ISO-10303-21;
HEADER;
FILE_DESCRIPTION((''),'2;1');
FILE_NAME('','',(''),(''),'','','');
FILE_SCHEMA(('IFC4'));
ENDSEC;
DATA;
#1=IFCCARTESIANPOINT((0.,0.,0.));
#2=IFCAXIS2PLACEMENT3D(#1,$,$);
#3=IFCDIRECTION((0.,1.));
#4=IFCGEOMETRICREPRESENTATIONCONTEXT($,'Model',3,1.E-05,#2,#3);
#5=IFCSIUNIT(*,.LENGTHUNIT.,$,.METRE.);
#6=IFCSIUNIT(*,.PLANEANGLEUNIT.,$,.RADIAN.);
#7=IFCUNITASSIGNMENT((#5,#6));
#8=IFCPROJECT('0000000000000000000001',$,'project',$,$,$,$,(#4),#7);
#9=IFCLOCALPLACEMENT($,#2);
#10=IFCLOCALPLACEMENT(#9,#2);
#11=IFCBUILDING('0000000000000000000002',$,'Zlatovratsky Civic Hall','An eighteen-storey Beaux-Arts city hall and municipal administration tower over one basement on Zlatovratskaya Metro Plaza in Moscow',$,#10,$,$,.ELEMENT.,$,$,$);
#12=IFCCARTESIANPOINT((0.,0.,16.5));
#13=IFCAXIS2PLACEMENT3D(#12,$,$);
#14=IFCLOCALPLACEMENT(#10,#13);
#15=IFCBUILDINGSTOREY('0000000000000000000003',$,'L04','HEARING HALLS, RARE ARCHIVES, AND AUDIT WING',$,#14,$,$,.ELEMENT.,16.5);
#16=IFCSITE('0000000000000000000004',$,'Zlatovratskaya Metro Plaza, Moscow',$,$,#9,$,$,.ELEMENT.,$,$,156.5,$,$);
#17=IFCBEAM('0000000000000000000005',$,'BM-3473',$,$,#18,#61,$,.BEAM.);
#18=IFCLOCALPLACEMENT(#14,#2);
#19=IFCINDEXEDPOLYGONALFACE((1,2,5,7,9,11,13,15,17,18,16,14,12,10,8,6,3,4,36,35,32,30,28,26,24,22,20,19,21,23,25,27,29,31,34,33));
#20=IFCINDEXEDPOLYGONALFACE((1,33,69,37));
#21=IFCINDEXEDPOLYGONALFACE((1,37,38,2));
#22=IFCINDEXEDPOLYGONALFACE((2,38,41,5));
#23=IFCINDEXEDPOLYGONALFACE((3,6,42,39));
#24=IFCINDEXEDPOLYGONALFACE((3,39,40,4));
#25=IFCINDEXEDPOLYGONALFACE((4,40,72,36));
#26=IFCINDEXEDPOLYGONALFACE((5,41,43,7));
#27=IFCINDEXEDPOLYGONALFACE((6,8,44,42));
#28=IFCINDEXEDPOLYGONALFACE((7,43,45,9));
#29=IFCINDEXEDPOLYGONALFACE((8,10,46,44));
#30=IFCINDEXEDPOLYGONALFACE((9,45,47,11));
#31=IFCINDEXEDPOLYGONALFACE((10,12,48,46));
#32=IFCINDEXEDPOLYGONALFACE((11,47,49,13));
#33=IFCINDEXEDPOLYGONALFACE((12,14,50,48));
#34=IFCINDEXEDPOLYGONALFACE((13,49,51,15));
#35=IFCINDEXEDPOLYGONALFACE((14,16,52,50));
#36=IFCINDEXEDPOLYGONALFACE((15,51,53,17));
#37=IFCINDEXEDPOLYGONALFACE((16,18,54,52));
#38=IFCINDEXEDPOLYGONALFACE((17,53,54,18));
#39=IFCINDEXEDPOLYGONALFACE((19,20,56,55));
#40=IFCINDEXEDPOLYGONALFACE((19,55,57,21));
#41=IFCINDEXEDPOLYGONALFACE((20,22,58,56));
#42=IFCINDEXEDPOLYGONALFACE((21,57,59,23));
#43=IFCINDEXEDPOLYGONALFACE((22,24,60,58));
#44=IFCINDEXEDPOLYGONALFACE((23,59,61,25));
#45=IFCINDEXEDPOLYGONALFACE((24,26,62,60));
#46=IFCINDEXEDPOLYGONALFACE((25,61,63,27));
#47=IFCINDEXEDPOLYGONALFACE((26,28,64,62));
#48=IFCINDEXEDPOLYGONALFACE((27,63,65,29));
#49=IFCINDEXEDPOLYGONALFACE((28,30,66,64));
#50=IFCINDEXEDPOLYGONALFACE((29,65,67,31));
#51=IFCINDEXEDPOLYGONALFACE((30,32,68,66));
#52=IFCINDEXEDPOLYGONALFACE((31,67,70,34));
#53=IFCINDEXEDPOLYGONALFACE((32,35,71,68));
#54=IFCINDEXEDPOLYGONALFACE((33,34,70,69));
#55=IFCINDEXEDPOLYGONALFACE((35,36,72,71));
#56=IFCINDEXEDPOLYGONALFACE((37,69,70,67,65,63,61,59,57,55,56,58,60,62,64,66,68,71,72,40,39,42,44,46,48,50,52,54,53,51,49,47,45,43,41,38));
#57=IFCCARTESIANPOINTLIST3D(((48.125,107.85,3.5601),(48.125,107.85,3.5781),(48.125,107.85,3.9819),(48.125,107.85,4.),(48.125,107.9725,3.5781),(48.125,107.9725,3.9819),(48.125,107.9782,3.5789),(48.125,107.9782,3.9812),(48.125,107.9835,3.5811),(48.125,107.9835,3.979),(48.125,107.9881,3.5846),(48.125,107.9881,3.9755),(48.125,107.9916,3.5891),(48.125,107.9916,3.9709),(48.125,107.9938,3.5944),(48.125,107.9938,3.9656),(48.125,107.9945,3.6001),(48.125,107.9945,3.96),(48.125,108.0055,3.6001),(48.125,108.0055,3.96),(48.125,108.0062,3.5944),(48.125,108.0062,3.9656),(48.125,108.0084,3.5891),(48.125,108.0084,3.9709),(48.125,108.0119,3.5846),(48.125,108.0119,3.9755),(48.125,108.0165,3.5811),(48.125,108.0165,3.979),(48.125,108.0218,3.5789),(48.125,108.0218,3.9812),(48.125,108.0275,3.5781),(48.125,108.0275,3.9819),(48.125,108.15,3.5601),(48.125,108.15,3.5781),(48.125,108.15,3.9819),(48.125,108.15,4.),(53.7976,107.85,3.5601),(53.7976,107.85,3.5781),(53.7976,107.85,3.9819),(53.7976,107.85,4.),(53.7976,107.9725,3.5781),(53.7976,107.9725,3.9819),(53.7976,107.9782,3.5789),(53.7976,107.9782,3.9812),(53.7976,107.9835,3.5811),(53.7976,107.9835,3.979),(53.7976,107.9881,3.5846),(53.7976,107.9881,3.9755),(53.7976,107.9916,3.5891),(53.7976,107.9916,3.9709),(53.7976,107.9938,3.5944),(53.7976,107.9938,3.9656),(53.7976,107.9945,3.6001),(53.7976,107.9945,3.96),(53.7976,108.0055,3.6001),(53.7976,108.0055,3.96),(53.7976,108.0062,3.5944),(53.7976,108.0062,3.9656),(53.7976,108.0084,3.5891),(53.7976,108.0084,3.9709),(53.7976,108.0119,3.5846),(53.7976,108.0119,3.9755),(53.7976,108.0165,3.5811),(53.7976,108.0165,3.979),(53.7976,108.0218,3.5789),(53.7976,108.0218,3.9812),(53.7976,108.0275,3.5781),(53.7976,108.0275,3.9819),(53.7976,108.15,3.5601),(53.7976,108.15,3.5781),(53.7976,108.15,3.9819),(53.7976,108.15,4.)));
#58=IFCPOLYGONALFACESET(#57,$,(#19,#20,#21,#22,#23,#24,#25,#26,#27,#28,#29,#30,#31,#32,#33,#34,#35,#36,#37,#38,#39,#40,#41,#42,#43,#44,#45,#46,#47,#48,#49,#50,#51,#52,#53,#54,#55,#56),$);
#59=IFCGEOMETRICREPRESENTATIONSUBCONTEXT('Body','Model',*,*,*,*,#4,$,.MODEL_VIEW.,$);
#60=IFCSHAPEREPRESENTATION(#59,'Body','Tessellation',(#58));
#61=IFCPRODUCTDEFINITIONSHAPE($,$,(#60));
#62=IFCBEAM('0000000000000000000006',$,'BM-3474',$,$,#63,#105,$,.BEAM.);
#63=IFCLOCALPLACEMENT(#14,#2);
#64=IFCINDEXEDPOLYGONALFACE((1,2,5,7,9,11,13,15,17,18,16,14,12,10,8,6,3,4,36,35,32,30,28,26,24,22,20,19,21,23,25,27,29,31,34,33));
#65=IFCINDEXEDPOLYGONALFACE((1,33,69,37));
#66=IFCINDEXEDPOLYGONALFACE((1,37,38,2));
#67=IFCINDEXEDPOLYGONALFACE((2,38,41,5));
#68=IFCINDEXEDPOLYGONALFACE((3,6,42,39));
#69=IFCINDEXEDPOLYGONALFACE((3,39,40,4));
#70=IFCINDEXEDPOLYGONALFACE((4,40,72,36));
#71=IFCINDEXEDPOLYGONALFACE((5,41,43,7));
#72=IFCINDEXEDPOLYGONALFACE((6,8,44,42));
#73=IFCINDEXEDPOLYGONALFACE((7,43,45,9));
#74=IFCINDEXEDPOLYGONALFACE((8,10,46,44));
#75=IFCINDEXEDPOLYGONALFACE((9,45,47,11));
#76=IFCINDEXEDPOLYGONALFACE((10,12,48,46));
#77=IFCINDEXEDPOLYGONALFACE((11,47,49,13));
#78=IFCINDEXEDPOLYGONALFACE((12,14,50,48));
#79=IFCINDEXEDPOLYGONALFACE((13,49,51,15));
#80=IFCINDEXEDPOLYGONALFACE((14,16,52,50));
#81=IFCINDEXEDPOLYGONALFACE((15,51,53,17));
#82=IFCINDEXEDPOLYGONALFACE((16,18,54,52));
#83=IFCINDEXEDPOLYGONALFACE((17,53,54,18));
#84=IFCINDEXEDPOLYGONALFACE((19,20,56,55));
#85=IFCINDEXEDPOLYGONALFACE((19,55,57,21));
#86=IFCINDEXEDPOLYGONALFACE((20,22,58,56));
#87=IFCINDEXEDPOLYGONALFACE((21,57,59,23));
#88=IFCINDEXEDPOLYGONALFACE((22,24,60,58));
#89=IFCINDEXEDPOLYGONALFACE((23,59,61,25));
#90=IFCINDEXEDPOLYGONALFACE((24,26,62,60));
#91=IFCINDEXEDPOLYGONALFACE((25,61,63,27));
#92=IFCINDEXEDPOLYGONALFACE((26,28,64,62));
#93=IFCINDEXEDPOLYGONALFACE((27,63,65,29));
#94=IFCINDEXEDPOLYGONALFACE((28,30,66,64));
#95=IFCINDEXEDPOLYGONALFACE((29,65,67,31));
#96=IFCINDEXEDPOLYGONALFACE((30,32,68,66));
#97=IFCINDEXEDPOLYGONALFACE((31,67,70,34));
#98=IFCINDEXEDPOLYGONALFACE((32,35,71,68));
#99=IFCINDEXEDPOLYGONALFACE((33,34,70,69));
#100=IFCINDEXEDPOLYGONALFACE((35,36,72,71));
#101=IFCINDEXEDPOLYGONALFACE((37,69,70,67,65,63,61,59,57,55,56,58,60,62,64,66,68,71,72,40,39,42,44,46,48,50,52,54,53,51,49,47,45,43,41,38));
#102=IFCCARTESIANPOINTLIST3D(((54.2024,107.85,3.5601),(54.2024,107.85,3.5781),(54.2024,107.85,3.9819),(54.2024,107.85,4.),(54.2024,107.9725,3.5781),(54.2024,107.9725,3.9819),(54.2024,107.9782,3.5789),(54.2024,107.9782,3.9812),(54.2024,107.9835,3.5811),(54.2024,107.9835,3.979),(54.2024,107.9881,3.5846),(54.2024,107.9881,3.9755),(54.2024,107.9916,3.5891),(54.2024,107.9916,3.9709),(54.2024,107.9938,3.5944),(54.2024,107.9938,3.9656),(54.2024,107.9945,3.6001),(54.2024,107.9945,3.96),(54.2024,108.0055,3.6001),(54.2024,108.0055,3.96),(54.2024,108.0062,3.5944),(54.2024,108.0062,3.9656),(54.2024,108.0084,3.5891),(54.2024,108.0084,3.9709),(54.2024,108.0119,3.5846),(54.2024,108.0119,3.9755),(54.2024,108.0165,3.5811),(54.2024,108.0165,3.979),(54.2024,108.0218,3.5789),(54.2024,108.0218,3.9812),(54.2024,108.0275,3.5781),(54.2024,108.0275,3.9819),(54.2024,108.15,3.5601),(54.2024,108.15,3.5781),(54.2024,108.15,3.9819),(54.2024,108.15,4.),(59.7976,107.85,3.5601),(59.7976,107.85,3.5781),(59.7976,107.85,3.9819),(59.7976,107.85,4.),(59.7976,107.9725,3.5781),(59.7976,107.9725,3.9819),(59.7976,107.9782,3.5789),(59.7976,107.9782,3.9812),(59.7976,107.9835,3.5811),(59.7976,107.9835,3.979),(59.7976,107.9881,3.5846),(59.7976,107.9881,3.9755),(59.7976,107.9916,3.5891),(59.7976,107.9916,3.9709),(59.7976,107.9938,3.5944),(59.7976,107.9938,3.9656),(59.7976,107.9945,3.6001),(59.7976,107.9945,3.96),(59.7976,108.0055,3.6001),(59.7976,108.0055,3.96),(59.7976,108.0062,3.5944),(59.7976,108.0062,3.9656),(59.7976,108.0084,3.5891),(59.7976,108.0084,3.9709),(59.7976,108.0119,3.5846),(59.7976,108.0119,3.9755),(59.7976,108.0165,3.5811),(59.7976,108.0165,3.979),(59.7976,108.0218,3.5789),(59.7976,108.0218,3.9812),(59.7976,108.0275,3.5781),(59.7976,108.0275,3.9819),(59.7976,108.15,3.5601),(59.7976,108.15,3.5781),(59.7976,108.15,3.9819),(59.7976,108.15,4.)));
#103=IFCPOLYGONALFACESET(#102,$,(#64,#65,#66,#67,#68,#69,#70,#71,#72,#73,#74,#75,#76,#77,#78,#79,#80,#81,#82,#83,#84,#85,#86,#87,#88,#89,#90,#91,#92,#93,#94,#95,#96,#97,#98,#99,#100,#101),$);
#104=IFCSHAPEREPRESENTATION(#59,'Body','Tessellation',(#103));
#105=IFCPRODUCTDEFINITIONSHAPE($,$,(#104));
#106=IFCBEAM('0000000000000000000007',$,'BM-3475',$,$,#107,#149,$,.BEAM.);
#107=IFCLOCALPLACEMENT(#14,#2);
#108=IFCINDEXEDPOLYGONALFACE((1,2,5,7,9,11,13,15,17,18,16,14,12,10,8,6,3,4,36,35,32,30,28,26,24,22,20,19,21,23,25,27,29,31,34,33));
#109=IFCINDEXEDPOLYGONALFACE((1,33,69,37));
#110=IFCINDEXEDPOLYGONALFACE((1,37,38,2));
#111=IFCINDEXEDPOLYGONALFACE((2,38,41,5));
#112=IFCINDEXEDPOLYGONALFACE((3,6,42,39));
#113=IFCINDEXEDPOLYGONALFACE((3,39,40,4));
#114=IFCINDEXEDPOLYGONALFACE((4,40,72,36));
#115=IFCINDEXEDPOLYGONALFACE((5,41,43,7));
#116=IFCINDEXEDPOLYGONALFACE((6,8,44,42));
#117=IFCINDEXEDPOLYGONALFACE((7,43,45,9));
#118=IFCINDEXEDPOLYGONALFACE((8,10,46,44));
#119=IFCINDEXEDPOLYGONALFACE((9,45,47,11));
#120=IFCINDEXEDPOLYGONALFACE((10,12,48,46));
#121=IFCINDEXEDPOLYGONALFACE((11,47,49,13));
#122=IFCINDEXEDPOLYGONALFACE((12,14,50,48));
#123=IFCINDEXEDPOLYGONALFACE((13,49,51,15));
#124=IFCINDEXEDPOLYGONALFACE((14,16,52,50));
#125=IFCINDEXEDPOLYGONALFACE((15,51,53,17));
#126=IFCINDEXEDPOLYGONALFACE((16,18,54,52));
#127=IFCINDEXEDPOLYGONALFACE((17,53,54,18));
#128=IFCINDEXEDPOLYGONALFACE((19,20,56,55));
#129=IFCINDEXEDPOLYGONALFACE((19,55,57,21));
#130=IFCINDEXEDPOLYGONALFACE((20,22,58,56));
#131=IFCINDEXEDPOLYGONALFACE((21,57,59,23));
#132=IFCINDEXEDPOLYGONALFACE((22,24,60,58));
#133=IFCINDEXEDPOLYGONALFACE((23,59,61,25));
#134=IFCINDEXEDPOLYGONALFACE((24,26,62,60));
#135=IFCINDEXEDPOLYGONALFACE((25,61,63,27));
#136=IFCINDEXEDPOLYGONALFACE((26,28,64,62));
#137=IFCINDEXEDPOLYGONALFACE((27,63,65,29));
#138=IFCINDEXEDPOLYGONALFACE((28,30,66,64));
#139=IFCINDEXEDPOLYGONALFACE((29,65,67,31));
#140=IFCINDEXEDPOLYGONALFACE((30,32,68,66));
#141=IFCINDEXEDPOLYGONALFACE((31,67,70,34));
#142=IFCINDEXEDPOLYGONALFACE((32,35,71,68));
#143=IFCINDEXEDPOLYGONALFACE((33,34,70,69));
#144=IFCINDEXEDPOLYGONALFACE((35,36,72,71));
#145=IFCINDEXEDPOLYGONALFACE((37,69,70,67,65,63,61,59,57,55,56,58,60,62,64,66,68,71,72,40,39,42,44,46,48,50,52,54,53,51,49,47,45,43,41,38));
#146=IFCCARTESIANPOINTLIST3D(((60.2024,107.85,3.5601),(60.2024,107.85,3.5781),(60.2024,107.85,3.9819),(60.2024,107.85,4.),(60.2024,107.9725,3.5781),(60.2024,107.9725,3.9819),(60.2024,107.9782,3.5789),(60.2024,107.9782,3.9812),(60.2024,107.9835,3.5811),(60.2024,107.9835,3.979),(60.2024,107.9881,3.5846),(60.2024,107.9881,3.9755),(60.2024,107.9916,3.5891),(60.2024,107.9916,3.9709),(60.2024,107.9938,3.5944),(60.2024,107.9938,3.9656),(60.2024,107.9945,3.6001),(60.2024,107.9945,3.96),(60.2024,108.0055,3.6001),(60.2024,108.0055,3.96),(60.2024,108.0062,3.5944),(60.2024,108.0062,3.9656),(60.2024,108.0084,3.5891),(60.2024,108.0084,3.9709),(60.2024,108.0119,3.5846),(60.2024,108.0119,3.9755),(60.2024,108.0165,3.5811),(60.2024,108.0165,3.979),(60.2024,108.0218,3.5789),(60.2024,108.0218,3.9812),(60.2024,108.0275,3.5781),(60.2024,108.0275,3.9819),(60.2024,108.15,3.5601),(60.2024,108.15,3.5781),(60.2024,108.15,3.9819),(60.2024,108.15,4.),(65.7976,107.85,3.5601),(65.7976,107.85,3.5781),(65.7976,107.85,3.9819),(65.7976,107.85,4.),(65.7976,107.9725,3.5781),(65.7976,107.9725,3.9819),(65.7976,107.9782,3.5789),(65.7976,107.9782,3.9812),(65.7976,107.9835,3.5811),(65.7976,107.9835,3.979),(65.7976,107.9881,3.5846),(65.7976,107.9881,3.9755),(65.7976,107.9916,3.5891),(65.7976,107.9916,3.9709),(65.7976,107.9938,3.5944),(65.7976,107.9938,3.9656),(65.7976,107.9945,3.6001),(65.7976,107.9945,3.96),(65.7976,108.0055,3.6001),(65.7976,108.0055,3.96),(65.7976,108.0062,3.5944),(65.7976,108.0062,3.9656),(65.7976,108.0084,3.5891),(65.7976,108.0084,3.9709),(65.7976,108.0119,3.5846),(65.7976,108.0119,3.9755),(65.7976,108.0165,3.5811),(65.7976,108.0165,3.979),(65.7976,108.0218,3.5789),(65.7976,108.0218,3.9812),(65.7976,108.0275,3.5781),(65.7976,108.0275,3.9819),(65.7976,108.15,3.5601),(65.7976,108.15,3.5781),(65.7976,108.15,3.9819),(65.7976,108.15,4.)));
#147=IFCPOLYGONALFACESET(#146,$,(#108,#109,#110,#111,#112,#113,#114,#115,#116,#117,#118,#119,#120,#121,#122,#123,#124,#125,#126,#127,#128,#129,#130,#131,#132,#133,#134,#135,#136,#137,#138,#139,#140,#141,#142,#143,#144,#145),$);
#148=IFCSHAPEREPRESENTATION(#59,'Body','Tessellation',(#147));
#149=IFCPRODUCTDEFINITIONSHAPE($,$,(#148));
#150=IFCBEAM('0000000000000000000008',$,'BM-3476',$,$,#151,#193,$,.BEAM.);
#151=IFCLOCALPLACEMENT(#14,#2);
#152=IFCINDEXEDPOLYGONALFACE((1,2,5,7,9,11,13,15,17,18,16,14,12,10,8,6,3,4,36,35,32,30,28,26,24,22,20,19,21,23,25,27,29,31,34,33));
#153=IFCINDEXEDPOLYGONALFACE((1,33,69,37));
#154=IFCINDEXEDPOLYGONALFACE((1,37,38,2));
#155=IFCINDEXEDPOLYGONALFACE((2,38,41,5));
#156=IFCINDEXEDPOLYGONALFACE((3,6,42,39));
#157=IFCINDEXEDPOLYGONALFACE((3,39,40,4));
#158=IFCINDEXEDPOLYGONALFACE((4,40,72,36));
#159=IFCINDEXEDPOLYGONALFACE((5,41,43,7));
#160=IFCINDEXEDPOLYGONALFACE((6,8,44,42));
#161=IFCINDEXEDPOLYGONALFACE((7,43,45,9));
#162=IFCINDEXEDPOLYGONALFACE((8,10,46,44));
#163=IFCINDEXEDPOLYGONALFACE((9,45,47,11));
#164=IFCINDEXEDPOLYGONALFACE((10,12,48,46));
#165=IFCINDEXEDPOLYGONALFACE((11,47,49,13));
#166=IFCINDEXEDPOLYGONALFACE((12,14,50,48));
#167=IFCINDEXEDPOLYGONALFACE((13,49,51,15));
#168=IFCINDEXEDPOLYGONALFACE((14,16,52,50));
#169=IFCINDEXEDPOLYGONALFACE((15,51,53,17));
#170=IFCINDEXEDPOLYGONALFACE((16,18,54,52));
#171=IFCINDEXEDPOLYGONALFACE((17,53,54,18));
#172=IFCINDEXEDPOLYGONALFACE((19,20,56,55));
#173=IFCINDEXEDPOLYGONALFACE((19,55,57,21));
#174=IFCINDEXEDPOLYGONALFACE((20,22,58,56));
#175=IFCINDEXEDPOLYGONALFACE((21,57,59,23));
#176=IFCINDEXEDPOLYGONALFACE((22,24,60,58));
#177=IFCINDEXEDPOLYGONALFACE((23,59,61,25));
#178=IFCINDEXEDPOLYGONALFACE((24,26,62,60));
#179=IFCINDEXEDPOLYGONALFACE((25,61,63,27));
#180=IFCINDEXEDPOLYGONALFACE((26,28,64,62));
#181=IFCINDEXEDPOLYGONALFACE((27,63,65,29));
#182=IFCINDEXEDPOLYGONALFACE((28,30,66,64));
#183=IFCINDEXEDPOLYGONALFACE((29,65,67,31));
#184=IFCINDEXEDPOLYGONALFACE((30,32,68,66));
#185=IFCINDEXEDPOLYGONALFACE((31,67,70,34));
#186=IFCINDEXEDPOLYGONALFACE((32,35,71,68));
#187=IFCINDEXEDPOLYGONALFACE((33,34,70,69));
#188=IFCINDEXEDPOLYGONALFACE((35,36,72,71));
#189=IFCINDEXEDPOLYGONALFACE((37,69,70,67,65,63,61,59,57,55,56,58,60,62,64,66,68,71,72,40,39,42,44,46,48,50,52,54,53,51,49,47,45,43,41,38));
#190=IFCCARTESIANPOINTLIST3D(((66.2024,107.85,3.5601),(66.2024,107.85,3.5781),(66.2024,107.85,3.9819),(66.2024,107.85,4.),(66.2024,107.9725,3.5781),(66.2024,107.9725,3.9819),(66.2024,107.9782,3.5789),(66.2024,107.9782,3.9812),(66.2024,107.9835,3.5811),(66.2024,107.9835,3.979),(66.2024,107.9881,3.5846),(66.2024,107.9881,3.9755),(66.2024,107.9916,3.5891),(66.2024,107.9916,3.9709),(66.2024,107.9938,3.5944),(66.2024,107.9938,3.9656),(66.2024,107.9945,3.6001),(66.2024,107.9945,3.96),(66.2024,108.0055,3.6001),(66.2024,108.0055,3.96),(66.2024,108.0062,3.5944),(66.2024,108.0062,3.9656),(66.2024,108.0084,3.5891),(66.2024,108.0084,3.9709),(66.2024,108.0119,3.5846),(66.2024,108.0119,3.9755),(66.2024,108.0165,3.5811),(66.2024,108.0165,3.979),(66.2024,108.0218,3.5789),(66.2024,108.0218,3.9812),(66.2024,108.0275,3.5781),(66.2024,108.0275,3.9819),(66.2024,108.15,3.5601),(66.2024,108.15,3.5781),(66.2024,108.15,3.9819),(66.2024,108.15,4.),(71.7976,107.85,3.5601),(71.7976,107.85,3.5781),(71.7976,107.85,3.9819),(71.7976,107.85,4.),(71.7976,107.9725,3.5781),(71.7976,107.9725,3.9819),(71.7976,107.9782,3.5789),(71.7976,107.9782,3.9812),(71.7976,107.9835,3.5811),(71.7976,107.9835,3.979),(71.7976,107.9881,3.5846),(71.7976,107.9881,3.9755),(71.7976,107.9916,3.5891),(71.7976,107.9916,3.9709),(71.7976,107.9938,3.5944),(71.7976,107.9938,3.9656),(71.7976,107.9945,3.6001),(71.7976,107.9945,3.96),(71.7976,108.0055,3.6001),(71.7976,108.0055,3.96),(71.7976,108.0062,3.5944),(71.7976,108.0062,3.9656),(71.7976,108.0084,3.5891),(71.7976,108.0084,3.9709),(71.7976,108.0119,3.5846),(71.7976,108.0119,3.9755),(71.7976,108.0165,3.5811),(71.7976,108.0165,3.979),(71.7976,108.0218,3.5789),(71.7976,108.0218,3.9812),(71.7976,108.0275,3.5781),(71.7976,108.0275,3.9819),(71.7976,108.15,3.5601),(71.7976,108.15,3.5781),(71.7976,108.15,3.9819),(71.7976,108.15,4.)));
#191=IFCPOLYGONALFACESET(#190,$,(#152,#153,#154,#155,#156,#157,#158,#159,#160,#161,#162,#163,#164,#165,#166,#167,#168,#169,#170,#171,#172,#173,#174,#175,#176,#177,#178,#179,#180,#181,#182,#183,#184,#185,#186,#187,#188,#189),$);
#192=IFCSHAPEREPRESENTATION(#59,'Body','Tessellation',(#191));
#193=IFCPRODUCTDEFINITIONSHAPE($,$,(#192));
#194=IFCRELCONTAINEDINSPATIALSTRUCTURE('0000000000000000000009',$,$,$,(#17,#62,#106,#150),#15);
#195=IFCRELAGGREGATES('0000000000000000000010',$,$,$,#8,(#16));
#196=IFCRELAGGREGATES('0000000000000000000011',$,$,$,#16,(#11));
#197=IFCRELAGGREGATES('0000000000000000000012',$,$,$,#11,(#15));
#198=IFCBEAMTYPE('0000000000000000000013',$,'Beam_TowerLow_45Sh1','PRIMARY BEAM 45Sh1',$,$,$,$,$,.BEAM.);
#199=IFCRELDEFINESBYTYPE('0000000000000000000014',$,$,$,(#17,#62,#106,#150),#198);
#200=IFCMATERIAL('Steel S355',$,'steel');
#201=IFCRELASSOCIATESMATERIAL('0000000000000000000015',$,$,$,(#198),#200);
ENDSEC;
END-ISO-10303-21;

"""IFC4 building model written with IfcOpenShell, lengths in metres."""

from ifc_helpers import new_model, si_unit, direction, frame, origin, origin_2d, place, context, subcontext, project, spatial, i_section, extrude, material, material_profile, profile_set, type_object, element, save


model = new_model("IFC4")

# Units and contexts
model_context = context("Model", 3, precision=1e-05, world=origin(), true_north=direction((0.0, 1.0)))
body_context = subcontext(model_context, "Body", "Model", "MODEL_VIEW")
ifc_project = project(units=[si_unit("LENGTHUNIT", "METRE"), si_unit("PLANEANGLEUNIT", "RADIAN")], contexts=[model_context])

# Site, building, storey
site_placement = place(None, origin())
site = spatial("IfcSite", under=ifc_project, at=site_placement, Name="Zlatovratskaya Metro Plaza, Moscow", CompositionType="ELEMENT", RefElevation=156.5)
building_placement = place(site_placement, origin())
building = spatial("IfcBuilding", under=site, at=building_placement, Name="Zlatovratsky Civic Hall", Description="An eighteen-storey Beaux-Arts city hall and municipal administration tower over one basement on Zlatovratskaya Metro Plaza in Moscow", CompositionType="ELEMENT")
storey_placement = place(building_placement, frame((0.0, 0.0, 16.5)))
storey = spatial("IfcBuildingStorey", under=building, at=storey_placement, Name="L04", Description="HEARING HALLS, RARE ARCHIVES, AND AUDIT WING", CompositionType="ELEMENT", Elevation=16.5)

# Shared definitions
ifc_material_1 = material(Name="Steel S355", Category="steel")

# Beams
ifc_material_profile_1 = material_profile(ifc_material_1, i_section(OverallWidth=0.3, OverallDepth=0.4399, WebThickness=0.011, FlangeThickness=0.0181, FilletRadius=0.022, at=origin_2d()), Name="45Sh1")
ifc_profile_set_1 = profile_set([ifc_material_profile_1], Name="Steel S355")
beam_type_1 = type_object("IfcBeamType", Name="Beam_TowerLow_45Sh1", Description="PRIMARY BEAM 45Sh1", PredefinedType="BEAM", material=ifc_profile_set_1)
beam_1_placement = place(storey_placement, frame((48.125, 108.0, 3.78), z_axis=(1.0, 0.0, 0.0), x_axis=(0.0, 1.0, 0.0)))
element("IfcBeam", 1, at=beam_1_placement, inside=storey, type_object=beam_type_1, Name="BM-3473", PredefinedType="BEAM", context=body_context, shape_type="SweptSolid", body=[
    extrude(i_section(OverallWidth=0.3, OverallDepth=0.4399, WebThickness=0.011, FlangeThickness=0.0181, FilletRadius=0.022, at=origin_2d()), origin(), (0.0, 0.0, 1.0), 5.6726),
])
for number, where, z_axis, x_axis, name in (
    (2, (54.2024, 108.0, 3.78), (1.0, 0.0, 0.0), (0.0, 1.0, 0.0), "BM-3474"),
    (3, (60.2024, 108.0, 3.78), (1.0, 0.0, 0.0), (0.0, 1.0, 0.0), "BM-3475"),
    (4, (66.2024, 108.0, 3.78), (1.0, 0.0, 0.0), (0.0, 1.0, 0.0), "BM-3476"),
):
    element("IfcBeam", number, at=place(storey_placement, frame(where, z_axis=z_axis, x_axis=x_axis)), inside=storey, type_object=beam_type_1, Name=name, PredefinedType="BEAM", context=body_context, shape_type="SweptSolid", body=[
        extrude(i_section(OverallWidth=0.3, OverallDepth=0.4399, WebThickness=0.011, FlangeThickness=0.0181, FilletRadius=0.022, at=origin_2d()), origin(), (0.0, 0.0, 1.0), 5.5952),
    ])

save(model, "model.ifc")
